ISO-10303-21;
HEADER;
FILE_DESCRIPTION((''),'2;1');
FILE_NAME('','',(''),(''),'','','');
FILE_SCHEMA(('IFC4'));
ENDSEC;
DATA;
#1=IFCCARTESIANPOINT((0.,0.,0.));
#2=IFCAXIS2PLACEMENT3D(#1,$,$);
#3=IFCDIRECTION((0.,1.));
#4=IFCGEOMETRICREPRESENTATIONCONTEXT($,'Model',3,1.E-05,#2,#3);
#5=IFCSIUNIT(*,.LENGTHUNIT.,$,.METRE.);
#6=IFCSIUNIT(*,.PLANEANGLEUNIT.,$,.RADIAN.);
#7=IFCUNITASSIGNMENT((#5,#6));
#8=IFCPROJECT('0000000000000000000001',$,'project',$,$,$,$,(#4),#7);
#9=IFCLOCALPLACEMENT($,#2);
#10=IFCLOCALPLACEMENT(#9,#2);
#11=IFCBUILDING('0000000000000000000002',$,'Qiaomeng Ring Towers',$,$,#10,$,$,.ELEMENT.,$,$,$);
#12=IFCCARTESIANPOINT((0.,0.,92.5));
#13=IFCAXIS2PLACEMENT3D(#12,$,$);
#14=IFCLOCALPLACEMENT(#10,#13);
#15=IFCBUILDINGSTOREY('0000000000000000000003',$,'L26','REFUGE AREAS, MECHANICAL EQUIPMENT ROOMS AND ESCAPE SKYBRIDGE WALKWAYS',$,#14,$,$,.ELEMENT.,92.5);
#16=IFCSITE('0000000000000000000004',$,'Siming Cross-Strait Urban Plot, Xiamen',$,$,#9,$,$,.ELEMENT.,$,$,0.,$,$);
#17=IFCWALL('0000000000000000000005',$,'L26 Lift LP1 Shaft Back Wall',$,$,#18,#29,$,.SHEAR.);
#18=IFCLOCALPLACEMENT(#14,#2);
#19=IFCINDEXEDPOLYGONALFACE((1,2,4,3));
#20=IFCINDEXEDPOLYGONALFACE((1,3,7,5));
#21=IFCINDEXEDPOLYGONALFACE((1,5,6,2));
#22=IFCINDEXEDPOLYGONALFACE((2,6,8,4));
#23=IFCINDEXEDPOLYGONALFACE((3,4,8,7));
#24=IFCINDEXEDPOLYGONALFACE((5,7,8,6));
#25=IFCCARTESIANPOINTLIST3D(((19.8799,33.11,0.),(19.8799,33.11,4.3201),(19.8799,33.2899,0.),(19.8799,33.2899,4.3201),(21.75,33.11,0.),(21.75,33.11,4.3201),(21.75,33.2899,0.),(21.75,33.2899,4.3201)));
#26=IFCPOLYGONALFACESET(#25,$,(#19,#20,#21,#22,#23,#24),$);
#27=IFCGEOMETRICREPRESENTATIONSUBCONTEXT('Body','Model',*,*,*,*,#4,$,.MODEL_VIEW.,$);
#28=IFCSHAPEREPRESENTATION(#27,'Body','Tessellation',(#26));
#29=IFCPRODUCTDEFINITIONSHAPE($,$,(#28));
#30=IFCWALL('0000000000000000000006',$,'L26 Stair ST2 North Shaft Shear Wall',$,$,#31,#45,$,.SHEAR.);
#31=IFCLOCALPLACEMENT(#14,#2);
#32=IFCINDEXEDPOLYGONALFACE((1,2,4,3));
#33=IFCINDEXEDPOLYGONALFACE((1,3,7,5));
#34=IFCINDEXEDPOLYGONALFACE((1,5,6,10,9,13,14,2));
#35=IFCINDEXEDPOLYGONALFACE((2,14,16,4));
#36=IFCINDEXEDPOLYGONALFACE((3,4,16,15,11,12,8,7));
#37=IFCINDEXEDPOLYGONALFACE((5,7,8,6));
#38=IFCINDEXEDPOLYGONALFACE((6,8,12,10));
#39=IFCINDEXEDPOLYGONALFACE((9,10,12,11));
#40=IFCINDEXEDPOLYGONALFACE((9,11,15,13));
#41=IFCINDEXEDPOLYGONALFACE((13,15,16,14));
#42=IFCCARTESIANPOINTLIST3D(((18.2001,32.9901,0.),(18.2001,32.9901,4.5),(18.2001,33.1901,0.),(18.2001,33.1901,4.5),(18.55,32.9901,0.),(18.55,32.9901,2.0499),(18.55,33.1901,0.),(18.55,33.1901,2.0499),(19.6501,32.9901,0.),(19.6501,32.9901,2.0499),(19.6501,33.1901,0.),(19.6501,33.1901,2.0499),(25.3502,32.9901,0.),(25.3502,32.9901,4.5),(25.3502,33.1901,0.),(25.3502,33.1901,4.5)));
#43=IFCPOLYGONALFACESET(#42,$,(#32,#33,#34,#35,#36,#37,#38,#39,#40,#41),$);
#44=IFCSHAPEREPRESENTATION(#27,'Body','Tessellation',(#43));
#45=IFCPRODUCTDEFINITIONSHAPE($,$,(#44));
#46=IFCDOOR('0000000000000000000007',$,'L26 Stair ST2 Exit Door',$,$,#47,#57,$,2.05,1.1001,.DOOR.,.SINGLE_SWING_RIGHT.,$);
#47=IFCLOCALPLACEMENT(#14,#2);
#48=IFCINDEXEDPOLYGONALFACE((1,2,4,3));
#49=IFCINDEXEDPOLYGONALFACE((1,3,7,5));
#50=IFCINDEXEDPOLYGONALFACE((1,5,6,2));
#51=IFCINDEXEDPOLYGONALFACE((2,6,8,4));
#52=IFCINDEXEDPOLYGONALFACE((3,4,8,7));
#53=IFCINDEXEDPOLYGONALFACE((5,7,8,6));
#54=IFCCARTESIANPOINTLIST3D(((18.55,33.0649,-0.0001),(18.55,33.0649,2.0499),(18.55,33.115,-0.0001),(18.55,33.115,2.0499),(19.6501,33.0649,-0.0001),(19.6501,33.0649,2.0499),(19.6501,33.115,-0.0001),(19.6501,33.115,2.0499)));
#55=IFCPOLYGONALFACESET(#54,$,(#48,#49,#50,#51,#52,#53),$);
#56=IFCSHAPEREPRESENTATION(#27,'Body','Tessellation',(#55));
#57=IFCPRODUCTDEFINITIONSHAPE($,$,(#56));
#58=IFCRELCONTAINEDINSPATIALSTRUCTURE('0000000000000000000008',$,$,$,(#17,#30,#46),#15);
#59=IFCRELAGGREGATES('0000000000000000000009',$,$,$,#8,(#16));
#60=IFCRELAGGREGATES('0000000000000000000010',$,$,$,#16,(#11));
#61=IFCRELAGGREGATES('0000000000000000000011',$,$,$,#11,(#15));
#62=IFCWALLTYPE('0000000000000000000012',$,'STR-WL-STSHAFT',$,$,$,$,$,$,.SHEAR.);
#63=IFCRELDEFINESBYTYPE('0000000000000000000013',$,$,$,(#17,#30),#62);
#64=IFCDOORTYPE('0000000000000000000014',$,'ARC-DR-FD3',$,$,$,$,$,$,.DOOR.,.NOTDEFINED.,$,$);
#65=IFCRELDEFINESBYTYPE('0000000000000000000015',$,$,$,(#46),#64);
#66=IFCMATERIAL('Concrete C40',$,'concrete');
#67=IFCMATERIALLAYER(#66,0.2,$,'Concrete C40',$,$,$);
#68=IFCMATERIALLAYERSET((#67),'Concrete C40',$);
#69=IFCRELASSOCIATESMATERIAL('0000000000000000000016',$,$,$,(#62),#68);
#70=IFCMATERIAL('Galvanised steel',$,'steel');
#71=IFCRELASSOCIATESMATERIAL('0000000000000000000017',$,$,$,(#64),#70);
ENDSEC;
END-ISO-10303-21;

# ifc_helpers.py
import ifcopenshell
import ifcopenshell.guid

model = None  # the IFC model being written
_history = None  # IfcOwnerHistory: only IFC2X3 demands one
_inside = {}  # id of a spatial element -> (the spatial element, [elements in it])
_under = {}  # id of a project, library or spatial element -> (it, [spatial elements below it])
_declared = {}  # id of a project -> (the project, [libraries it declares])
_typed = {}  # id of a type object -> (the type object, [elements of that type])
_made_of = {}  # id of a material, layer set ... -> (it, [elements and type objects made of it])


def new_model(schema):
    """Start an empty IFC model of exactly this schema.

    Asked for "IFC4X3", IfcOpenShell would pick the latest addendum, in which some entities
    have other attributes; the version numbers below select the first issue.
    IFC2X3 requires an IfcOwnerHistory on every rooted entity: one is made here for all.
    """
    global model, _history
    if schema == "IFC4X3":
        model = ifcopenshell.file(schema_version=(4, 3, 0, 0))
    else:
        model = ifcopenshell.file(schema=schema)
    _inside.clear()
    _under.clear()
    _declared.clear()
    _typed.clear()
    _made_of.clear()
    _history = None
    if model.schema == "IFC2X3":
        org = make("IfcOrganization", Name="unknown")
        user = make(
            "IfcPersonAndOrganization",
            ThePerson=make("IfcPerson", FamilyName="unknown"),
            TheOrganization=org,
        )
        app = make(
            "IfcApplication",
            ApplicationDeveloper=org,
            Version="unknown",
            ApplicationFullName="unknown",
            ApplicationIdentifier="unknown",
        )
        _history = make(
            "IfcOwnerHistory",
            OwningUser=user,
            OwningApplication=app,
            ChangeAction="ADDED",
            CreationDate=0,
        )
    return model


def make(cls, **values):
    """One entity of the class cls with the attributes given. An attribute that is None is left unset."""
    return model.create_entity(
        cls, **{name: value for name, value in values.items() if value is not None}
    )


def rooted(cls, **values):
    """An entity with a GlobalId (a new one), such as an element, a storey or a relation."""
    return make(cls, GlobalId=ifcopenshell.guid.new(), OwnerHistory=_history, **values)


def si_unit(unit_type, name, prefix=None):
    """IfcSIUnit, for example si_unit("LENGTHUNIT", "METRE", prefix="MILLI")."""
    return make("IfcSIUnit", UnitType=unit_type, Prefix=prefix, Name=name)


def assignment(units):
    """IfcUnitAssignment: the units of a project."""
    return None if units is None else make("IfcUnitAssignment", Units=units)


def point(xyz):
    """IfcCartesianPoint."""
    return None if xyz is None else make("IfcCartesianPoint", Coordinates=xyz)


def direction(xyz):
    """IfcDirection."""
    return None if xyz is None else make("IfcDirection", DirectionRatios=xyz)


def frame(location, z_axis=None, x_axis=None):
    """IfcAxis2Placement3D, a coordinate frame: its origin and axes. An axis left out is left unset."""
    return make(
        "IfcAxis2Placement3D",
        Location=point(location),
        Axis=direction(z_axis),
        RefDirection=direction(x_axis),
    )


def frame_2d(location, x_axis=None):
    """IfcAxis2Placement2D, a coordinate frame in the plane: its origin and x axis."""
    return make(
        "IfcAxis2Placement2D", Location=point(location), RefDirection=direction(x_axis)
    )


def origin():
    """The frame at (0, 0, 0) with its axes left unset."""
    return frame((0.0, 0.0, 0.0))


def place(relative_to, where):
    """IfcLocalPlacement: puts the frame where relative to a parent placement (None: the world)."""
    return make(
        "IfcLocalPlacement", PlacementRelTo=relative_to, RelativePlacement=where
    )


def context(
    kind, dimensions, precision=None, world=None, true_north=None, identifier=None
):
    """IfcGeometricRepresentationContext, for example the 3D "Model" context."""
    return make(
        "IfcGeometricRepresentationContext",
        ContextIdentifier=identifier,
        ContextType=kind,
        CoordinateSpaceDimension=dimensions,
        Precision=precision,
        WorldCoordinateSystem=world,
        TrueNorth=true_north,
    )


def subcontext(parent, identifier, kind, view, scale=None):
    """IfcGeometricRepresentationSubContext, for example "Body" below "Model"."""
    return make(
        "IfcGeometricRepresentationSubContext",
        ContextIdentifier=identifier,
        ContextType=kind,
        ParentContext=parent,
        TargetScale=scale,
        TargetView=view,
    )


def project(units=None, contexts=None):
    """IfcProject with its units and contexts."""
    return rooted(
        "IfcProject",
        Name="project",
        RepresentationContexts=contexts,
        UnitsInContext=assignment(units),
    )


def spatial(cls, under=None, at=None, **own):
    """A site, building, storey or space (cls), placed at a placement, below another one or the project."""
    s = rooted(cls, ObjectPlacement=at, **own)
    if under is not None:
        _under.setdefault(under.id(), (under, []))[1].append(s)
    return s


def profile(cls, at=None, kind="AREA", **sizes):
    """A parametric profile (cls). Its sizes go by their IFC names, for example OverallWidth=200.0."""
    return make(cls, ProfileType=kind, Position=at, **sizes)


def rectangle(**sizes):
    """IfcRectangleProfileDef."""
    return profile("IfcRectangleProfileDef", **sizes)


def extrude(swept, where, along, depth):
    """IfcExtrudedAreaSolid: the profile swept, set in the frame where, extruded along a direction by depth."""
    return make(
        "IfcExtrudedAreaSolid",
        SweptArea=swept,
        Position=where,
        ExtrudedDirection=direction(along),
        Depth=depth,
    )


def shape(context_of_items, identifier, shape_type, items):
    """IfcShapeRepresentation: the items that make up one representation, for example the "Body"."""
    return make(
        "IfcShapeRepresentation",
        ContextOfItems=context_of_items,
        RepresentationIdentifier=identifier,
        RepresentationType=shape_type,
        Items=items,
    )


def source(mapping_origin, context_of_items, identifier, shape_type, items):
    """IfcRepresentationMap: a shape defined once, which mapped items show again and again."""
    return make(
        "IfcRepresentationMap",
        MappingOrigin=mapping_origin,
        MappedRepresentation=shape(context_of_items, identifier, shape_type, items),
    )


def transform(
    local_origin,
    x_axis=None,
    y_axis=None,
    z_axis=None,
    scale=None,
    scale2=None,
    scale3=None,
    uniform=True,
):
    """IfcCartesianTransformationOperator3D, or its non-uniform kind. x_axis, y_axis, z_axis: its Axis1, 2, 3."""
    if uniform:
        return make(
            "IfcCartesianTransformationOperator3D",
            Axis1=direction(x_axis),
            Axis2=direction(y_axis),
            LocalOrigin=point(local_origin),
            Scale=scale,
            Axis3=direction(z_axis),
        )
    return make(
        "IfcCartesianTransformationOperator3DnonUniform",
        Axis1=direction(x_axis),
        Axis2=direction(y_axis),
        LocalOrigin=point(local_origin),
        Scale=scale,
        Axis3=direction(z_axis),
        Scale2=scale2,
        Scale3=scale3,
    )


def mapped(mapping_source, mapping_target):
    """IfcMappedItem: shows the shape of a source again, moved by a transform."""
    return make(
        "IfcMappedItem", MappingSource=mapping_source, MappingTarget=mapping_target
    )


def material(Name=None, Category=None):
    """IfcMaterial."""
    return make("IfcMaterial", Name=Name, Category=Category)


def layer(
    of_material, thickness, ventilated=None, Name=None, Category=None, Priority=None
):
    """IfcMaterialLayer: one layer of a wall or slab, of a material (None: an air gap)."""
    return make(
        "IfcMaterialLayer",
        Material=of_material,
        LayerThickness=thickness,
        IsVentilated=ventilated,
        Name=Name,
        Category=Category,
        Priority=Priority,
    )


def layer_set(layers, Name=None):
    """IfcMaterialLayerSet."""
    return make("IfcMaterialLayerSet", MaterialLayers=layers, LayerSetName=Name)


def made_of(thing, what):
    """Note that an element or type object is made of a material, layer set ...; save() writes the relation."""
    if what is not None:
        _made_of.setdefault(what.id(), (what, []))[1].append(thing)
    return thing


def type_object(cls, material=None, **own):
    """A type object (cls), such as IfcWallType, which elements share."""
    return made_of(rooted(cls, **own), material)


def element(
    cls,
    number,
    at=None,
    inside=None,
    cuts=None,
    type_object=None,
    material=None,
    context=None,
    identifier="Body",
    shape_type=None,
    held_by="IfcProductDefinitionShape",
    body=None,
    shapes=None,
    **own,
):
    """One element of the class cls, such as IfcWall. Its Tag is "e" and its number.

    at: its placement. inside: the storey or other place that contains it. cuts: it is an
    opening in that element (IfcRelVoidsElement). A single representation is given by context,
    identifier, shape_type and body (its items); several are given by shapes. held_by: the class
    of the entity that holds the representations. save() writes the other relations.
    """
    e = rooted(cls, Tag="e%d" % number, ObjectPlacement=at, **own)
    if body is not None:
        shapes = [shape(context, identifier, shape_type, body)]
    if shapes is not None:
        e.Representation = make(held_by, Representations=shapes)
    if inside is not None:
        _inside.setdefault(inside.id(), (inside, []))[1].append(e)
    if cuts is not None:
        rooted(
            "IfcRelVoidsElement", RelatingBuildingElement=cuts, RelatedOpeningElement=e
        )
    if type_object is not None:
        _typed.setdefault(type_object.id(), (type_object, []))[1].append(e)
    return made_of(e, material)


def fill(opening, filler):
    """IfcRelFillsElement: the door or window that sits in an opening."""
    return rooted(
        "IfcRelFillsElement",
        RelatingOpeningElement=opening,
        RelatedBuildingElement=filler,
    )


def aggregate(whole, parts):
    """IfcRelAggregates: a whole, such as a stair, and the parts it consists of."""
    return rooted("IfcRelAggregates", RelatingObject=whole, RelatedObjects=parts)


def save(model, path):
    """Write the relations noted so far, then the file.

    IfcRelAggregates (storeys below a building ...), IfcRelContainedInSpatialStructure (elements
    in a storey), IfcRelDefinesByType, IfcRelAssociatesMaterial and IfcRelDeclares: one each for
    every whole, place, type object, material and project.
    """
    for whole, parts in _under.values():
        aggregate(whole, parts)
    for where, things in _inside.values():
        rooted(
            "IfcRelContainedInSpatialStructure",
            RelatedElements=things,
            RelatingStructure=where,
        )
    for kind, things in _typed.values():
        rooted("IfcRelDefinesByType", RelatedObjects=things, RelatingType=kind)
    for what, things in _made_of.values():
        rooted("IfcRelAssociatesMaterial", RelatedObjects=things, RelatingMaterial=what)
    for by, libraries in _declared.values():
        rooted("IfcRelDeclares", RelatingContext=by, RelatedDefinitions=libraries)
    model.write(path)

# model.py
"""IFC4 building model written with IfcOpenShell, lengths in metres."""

from ifc_helpers import new_model, si_unit, direction, frame, frame_2d, origin, place, context, subcontext, project, spatial, rectangle, extrude, source, transform, mapped, material, layer, layer_set, type_object, element, fill, save


model = new_model("IFC4")

# Units and contexts
model_context = context("Model", 3, precision=1e-05, world=origin(), true_north=direction((0.0, 1.0)))
body_context = subcontext(model_context, "Body", "Model", "MODEL_VIEW")
ifc_project = project(units=[si_unit("LENGTHUNIT", "METRE"), si_unit("PLANEANGLEUNIT", "RADIAN")], contexts=[model_context])

# Site, building, storey
site_placement = place(None, origin())
site = spatial("IfcSite", under=ifc_project, at=site_placement, Name="Siming Cross-Strait Urban Plot, Xiamen", CompositionType="ELEMENT", RefElevation=0.0)
building_placement = place(site_placement, origin())
building = spatial("IfcBuilding", under=site, at=building_placement, Name="Qiaomeng Ring Towers", CompositionType="ELEMENT")
storey_placement = place(building_placement, frame((0.0, 0.0, 92.5)))
storey = spatial("IfcBuildingStorey", under=building, at=storey_placement, Name="L26", Description="REFUGE AREAS, MECHANICAL EQUIPMENT ROOMS AND ESCAPE SKYBRIDGE WALKWAYS", CompositionType="ELEMENT", Elevation=92.5)

# Wall
ifc_material_1 = material(Name="Concrete C40", Category="concrete")
ifc_layer_1 = layer(ifc_material_1, 0.2, Name="Concrete C40")
ifc_layer_set_1 = layer_set([ifc_layer_1], Name="Concrete C40")
wall_type_1 = type_object("IfcWallType", Name="STR-WL-STSHAFT", PredefinedType="SHEAR", material=ifc_layer_set_1)
wall_1_placement = place(storey_placement, frame((19.8799, 33.2, 0.0), z_axis=(0.0, 0.0, 1.0), x_axis=(1.0, 0.0, 0.0)))
element("IfcWall", 1, at=wall_1_placement, inside=storey, type_object=wall_type_1, Name="L26 Lift LP1 Shaft Back Wall", PredefinedType="SHEAR", context=body_context, shape_type="SweptSolid", body=[
    extrude(rectangle(XDim=1.8701, YDim=0.1799, at=frame_2d((0.9351, 0.0))), origin(), (0.0, 0.0, 1.0), 4.3201),
])

# Wall, opening, door
wall_2_placement = place(storey_placement, frame((18.2, 33.0901, 0.0), z_axis=(0.0, 0.0, 1.0), x_axis=(1.0, 0.0, 0.0)))
wall_2 = element("IfcWall", 2, at=wall_2_placement, inside=storey, type_object=wall_type_1, Name="L26 Stair ST2 North Shaft Shear Wall", PredefinedType="SHEAR", context=body_context, shape_type="SweptSolid", body=[
    extrude(rectangle(XDim=7.1501, YDim=0.2, at=frame_2d((3.5752, 0.0))), origin(), (0.0, 0.0, 1.0), 4.5),
])
opening_placement = place(wall_2_placement, frame((0.3501, 0.0, 0.0)))
opening = element("IfcOpeningElement", 3, at=opening_placement, cuts=wall_2, PredefinedType="OPENING", context=body_context, shape_type="SweptSolid", body=[
    extrude(rectangle(XDim=1.1001, YDim=2.05, at=frame_2d((0.55, 1.0249))), frame((0.0, 0.1099, 0.0), z_axis=(0.0, -1.0, 0.0), x_axis=(1.0, 0.0, 0.0)), (0.0, 0.0, 1.0), 0.22),
])
ifc_material_2 = material(Name="Galvanised steel", Category="steel")
door_type = type_object("IfcDoorType", Name="ARC-DR-FD3", OperationType="NOTDEFINED", PredefinedType="DOOR", material=ifc_material_2)
shared_shape_1 = source(origin(), body_context, "Body", "SweptSolid", [
    extrude(rectangle(XDim=1.1001, YDim=2.05, at=frame_2d((0.55, 1.0249))), frame((0.0, 0.0249, 0.0), z_axis=(0.0, -1.0, 0.0), x_axis=(1.0, 0.0, 0.0)), (0.0, 0.0, 1.0), 0.05),
])
door_placement = place(opening_placement, origin())
door = element("IfcDoor", 4, at=door_placement, inside=storey, type_object=door_type, Name="L26 Stair ST2 Exit Door", OperationType="SINGLE_SWING_RIGHT", OverallHeight=2.05, OverallWidth=1.1001, PredefinedType="DOOR", context=body_context, shape_type="MappedRepresentation", body=[
    mapped(shared_shape_1, transform((0.0, 0.0, 0.0), x_axis=(1.0, 0.0, 0.0), y_axis=(0.0, 1.0, 0.0), z_axis=(0.0, 0.0, 1.0), scale=1.0)),
])
fill(opening, door)

save(model, "model.ifc")
